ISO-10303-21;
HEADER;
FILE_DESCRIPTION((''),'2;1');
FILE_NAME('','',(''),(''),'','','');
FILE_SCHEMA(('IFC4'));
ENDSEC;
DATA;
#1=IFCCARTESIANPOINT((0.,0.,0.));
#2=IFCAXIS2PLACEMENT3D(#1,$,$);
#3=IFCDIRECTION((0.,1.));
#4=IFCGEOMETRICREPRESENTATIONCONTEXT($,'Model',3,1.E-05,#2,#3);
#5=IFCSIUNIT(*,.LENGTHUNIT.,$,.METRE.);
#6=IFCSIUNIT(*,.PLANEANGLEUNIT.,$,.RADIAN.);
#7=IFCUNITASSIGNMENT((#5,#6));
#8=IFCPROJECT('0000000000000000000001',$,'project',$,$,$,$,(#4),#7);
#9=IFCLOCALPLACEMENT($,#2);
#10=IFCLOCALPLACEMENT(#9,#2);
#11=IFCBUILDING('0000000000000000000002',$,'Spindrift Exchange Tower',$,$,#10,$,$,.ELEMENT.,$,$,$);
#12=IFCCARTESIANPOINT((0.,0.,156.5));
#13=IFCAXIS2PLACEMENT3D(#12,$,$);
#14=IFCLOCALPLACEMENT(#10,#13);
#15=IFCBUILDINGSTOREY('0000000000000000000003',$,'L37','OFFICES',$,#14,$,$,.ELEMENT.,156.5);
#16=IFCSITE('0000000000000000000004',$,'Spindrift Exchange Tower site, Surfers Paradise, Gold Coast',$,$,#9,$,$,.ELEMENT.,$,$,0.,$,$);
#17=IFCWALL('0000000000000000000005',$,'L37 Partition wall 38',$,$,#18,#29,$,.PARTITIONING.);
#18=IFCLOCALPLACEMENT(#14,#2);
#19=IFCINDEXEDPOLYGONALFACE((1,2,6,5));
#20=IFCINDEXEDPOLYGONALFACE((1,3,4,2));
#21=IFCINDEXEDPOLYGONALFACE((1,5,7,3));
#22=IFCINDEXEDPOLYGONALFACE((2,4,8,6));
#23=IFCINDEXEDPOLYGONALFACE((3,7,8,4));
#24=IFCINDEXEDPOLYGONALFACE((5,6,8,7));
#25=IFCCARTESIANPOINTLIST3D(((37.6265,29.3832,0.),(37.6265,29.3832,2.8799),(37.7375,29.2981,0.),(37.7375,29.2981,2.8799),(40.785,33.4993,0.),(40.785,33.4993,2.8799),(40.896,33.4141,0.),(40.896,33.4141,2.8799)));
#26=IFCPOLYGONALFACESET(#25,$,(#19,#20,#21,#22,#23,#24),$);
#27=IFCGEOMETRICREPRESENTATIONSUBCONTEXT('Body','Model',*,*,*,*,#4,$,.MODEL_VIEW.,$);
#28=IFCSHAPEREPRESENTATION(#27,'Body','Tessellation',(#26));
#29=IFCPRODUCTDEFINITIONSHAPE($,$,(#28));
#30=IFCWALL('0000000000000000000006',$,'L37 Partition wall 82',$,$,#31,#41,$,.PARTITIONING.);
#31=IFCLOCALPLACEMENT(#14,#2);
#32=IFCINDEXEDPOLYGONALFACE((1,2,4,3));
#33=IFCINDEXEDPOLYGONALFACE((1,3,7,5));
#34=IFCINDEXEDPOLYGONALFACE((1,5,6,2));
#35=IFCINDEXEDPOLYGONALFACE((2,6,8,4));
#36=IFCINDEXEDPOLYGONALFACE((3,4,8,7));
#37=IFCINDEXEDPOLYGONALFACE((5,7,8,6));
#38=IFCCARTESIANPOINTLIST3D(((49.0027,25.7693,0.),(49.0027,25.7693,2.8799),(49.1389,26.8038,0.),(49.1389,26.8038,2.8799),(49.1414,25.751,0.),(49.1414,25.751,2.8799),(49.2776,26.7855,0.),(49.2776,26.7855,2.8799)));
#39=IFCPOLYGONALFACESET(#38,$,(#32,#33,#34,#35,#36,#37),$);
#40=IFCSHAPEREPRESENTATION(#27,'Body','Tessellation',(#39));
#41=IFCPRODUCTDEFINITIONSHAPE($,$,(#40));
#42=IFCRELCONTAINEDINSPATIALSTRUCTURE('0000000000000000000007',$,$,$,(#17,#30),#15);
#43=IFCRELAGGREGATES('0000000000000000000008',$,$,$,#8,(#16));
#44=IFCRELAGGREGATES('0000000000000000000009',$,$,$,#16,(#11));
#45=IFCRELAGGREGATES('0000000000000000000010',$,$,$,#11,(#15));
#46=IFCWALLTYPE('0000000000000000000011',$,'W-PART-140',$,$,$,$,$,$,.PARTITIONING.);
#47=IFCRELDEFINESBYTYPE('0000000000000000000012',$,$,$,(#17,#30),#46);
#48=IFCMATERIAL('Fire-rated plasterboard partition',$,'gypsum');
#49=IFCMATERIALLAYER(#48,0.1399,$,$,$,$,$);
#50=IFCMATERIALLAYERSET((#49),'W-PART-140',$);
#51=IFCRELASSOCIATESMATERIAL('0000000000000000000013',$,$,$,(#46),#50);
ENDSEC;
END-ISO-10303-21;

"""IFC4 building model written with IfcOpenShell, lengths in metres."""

from ifc_helpers import new_model, si_unit, direction, frame, frame_2d, origin, place, context, subcontext, project, spatial, rectangle, extrude, material, layer, layer_set, type_object, element, save


model = new_model("IFC4")

# Units and contexts
model_context = context("Model", 3, precision=1e-05, world=origin(), true_north=direction((0.0, 1.0)))
body_context = subcontext(model_context, "Body", "Model", "MODEL_VIEW")
ifc_project = project(units=[si_unit("LENGTHUNIT", "METRE"), si_unit("PLANEANGLEUNIT", "RADIAN")], contexts=[model_context])

# Site, building, storey
site_placement = place(None, origin())
site = spatial("IfcSite", under=ifc_project, at=site_placement, Name="Spindrift Exchange Tower site, Surfers Paradise, Gold Coast", CompositionType="ELEMENT", RefElevation=0.0)
building_placement = place(site_placement, origin())
building = spatial("IfcBuilding", under=site, at=building_placement, Name="Spindrift Exchange Tower", CompositionType="ELEMENT")
storey_placement = place(building_placement, frame((0.0, 0.0, 156.5)))
storey = spatial("IfcBuildingStorey", under=building, at=storey_placement, Name="L37", Description="OFFICES", CompositionType="ELEMENT", Elevation=156.5)

# Shared definitions
ifc_material_1 = material(Name="Fire-rated plasterboard partition", Category="gypsum")
ifc_layer_1 = layer(ifc_material_1, 0.1399)
ifc_layer_set_1 = layer_set([ifc_layer_1], Name="W-PART-140")
wall_type = type_object("IfcWallType", Name="W-PART-140", PredefinedType="PARTITIONING", material=ifc_layer_set_1)

# Walls
wall_1_placement = place(storey_placement, frame((40.8406, 33.4568, 0.0), z_axis=(0.0, 0.0, 1.0), x_axis=(-0.60878, -0.793339, 0.0)))
element("IfcWall", 1, at=wall_1_placement, inside=storey, type_object=wall_type, Name="L37 Partition wall 38", PredefinedType="PARTITIONING", context=body_context, shape_type="SweptSolid", body=[
    extrude(rectangle(XDim=5.1882, YDim=0.1399, at=frame_2d((2.5942, 0.0))), origin(), (0.0, 0.0, 1.0), 2.8799),
])
wall_2_placement = place(storey_placement, frame((49.2083, 26.7947, 0.0), z_axis=(0.0, 0.0, 1.0), x_axis=(-0.13057, -0.991439, 0.0)))
element("IfcWall", 2, at=wall_2_placement, inside=storey, type_object=wall_type, Name="L37 Partition wall 82", PredefinedType="PARTITIONING", context=body_context, shape_type="SweptSolid", body=[
    extrude(rectangle(XDim=1.0435, YDim=0.1399, at=frame_2d((0.5217, 0.0))), origin(), (0.0, 0.0, 1.0), 2.8799),
])

save(model, "model.ifc")
